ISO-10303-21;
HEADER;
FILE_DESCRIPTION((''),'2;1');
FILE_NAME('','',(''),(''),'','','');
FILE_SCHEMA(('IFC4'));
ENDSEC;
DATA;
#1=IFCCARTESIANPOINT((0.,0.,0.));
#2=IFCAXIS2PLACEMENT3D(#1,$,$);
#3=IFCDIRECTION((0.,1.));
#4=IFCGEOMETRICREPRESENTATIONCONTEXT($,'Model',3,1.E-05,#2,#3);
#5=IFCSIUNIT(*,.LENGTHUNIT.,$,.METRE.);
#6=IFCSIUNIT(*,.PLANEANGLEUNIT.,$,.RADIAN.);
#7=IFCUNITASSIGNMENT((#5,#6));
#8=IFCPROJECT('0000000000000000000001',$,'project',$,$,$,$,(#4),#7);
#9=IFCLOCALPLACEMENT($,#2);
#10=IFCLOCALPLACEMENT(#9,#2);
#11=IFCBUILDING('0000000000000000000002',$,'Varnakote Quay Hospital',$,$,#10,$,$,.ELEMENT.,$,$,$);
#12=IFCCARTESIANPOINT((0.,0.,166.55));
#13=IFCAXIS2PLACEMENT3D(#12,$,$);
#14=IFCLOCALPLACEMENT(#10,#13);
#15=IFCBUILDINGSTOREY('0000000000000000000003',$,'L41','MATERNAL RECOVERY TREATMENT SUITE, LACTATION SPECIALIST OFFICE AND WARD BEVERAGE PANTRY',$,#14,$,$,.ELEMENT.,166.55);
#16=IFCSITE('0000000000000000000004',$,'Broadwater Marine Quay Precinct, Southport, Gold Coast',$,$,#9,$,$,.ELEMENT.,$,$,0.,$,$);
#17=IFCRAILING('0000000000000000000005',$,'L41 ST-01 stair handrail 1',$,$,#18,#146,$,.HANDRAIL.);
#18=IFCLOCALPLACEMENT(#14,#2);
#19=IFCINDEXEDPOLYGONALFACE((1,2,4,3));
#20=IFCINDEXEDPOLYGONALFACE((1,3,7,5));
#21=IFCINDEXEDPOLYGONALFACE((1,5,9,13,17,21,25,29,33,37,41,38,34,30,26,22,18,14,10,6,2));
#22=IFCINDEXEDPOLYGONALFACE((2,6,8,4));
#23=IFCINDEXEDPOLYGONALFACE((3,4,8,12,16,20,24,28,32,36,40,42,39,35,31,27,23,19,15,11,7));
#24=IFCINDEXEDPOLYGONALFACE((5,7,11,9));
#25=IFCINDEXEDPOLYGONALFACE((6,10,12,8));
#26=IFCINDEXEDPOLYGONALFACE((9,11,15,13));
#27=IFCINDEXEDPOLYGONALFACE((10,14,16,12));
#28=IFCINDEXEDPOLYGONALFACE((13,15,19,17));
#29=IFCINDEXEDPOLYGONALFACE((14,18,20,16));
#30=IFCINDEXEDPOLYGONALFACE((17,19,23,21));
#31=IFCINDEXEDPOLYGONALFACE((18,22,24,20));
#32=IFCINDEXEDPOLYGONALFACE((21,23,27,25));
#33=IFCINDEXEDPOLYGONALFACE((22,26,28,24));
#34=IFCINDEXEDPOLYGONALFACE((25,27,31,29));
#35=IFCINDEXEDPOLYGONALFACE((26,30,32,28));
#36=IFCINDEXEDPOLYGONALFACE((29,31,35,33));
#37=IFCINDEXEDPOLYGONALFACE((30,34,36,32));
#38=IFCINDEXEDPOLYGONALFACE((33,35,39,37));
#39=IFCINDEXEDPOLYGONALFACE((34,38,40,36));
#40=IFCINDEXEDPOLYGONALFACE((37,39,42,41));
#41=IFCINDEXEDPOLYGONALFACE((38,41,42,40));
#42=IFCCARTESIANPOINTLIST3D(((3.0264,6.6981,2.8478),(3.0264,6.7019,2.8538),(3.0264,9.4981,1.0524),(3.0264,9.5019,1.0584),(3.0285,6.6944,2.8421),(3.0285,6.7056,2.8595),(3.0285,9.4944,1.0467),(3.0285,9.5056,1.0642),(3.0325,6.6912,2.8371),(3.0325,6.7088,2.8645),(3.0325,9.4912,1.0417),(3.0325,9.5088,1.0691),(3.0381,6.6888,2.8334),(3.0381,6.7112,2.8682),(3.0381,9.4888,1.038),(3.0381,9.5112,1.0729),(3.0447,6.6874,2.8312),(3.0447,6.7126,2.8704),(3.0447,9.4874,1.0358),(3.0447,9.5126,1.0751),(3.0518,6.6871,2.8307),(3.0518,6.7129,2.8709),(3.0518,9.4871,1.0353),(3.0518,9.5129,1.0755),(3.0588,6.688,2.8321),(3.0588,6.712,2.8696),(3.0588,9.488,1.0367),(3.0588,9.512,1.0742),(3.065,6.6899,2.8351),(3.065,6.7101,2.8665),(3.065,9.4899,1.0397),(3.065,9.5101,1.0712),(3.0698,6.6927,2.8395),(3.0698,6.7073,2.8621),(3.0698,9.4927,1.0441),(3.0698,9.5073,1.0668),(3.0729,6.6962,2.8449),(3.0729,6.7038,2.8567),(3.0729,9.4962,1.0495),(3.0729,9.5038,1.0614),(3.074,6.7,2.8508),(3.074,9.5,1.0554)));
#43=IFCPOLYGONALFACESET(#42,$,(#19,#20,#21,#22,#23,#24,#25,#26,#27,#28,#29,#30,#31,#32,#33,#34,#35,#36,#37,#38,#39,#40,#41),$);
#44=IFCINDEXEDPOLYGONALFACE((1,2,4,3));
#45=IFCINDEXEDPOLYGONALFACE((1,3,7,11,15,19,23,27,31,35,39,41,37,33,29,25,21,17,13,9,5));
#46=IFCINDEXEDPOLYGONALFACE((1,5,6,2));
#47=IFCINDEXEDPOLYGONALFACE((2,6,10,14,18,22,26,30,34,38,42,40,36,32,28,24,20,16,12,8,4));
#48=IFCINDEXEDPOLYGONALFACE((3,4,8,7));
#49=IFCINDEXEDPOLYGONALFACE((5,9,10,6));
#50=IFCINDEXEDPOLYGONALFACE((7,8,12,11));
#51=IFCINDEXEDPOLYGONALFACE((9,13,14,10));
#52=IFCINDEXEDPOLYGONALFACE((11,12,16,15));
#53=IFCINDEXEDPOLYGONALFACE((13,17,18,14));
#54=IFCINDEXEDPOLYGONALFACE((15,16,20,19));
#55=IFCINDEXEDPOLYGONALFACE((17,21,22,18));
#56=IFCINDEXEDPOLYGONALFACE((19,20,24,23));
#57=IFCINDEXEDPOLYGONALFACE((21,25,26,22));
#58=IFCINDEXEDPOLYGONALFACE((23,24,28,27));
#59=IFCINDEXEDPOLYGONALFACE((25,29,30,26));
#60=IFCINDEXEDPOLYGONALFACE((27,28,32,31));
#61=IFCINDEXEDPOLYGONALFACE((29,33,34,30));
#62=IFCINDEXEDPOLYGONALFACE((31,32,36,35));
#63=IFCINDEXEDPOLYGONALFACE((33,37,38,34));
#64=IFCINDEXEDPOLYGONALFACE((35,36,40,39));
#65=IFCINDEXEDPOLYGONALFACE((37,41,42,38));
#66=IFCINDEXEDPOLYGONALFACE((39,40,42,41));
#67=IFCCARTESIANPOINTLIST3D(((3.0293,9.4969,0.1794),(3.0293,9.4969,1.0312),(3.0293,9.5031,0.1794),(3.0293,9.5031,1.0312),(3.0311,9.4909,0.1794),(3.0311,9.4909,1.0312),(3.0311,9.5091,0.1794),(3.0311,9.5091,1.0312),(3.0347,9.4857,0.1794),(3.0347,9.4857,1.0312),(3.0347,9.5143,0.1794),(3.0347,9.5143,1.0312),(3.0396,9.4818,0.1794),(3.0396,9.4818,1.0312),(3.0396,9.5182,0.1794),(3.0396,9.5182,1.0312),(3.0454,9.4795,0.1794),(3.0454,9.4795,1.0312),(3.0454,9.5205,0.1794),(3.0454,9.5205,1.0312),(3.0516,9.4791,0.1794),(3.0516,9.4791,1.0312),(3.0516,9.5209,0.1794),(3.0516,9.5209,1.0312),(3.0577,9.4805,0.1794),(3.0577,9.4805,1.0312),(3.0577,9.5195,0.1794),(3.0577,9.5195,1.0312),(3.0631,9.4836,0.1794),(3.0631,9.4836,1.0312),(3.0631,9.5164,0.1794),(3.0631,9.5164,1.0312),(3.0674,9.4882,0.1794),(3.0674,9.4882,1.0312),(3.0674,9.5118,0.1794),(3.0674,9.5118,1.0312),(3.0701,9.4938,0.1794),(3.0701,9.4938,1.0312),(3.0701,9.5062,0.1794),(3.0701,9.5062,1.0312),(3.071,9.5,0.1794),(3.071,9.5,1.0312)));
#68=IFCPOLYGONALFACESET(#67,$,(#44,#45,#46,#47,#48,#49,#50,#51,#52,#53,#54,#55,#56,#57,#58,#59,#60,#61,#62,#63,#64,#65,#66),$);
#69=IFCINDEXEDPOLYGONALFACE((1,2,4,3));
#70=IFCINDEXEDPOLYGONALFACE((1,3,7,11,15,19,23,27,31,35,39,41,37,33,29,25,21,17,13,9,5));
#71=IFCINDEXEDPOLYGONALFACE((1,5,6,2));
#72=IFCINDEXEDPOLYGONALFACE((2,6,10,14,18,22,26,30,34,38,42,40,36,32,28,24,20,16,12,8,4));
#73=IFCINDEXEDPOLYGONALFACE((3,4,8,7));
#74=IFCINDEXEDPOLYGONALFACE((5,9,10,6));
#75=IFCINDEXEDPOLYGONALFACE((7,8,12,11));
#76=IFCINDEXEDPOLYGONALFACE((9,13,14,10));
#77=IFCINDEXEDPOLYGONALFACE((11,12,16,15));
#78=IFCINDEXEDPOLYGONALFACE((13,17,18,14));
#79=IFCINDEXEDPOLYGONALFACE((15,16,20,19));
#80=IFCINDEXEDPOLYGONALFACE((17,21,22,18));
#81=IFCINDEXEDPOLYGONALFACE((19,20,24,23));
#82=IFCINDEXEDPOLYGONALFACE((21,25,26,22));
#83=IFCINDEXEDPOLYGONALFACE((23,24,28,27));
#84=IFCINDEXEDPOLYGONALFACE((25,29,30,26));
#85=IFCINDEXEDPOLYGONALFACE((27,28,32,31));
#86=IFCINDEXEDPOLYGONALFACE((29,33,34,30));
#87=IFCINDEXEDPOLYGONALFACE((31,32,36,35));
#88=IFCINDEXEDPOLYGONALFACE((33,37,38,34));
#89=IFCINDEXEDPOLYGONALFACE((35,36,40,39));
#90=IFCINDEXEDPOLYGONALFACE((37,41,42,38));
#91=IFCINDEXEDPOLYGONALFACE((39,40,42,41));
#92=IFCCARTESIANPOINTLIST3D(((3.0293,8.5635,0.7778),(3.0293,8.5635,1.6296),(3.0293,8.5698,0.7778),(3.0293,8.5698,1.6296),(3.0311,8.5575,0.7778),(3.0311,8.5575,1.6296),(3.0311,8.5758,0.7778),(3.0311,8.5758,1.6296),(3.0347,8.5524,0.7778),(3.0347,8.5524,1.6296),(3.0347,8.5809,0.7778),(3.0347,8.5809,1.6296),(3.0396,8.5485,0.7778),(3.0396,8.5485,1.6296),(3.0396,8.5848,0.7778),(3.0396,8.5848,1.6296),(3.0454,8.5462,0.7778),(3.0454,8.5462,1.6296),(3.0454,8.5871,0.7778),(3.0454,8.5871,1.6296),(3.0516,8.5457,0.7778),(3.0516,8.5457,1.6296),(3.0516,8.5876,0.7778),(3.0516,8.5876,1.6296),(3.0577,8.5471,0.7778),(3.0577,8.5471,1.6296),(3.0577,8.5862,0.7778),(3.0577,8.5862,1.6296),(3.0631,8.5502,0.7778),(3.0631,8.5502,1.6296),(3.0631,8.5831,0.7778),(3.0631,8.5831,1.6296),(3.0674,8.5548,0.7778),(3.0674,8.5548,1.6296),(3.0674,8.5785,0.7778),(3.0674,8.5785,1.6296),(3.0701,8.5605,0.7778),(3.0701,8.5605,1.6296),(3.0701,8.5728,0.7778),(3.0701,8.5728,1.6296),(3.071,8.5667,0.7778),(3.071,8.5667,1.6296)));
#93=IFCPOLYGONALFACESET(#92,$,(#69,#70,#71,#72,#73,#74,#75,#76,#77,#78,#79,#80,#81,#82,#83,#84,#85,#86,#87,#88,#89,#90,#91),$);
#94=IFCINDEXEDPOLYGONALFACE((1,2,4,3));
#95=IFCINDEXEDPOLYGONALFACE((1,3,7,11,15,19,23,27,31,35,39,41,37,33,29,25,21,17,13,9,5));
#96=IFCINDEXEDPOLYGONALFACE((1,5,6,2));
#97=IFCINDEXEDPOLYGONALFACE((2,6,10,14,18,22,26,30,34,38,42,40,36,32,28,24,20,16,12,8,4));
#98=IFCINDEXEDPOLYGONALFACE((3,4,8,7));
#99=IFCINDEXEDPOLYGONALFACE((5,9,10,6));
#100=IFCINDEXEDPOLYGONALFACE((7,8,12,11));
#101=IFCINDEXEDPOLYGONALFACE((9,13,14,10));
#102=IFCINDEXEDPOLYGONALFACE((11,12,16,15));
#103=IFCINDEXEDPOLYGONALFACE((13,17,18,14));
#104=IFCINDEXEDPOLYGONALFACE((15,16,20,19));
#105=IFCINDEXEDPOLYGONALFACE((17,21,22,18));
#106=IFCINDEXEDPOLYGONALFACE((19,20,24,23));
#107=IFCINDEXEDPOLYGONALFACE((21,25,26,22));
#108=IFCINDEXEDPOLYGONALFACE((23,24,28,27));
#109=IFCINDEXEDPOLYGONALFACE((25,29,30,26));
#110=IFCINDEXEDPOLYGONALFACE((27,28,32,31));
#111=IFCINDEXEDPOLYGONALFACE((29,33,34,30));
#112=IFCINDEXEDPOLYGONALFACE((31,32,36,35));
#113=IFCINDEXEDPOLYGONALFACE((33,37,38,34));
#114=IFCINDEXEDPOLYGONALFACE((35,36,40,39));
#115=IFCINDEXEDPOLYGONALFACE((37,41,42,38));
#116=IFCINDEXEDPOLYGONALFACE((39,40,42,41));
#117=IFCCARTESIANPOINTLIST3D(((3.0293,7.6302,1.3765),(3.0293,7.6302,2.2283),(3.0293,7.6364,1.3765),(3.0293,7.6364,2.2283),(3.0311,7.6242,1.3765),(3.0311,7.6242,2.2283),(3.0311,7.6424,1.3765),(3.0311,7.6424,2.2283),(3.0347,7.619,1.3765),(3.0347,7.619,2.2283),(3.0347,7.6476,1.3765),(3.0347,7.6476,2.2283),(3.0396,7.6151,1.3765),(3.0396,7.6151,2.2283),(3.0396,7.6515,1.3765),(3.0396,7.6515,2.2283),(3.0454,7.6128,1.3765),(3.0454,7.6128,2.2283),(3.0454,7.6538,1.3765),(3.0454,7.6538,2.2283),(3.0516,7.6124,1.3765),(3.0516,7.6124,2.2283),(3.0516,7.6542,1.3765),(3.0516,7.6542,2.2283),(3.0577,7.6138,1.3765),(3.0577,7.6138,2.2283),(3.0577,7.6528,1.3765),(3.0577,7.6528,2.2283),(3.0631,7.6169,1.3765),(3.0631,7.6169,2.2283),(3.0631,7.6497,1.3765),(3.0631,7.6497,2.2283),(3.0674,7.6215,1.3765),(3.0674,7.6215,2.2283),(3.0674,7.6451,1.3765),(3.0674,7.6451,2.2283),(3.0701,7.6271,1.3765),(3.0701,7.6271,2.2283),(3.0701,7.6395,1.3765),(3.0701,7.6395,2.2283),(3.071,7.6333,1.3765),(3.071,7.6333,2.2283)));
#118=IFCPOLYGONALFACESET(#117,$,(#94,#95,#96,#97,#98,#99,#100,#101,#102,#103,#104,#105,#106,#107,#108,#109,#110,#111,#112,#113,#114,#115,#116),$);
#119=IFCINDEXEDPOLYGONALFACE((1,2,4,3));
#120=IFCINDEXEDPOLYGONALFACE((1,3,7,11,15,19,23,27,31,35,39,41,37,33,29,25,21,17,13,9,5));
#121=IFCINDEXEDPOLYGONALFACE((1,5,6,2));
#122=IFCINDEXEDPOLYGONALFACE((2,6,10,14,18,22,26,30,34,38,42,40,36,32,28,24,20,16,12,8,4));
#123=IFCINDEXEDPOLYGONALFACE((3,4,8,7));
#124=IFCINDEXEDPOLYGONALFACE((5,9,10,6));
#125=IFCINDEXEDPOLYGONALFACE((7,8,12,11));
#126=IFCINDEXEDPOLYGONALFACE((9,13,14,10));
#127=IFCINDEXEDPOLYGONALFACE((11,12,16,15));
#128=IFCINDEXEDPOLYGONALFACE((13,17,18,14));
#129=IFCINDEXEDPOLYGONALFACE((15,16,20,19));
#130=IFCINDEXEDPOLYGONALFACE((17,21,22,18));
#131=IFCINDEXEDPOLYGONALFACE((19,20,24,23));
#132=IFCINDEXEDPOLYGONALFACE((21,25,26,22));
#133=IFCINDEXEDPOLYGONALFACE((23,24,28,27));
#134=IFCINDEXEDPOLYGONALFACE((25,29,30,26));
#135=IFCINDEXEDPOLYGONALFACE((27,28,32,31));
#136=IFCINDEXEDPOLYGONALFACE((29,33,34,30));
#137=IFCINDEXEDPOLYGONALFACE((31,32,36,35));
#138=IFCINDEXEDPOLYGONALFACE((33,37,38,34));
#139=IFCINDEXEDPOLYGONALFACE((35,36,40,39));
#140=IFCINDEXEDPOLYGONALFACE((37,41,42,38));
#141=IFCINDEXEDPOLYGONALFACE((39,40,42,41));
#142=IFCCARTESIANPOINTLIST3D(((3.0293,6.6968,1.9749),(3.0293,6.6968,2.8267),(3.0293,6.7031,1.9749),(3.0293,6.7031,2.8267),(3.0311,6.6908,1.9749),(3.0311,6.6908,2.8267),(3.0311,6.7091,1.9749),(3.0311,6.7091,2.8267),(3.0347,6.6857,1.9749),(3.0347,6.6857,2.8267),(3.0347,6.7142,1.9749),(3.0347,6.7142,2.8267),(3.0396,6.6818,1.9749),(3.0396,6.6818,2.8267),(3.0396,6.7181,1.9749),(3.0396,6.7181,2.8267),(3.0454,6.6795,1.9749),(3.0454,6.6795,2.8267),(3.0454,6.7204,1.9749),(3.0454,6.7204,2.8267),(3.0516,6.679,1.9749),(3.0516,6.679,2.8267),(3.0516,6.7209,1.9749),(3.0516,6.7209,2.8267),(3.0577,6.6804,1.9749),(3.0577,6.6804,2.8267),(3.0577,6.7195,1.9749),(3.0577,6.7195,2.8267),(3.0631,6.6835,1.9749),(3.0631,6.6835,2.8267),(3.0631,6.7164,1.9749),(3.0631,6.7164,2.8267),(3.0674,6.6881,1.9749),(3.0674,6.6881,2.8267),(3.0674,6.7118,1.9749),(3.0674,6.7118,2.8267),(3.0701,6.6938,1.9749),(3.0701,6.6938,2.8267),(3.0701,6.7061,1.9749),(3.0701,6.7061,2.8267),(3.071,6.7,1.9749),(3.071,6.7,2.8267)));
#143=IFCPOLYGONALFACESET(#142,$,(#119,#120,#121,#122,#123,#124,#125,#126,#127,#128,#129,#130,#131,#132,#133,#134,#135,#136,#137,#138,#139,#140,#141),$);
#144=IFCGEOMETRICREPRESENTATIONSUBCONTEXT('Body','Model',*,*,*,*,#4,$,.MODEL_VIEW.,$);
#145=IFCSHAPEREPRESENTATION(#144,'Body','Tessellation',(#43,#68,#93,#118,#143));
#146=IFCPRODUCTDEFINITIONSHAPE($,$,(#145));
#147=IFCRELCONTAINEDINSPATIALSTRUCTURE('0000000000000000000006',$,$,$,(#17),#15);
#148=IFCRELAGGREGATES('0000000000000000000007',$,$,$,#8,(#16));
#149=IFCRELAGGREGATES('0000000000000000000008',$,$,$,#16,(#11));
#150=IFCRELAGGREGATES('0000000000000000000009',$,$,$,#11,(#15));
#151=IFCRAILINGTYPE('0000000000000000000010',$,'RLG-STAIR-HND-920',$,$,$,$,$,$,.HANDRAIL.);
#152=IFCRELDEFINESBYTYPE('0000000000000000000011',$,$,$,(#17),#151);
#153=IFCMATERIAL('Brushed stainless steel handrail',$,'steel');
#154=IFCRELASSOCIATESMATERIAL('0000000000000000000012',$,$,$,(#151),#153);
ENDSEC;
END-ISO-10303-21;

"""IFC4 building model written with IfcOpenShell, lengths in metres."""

from ifc_helpers import new_model, si_unit, direction, frame, origin, origin_2d, place, context, subcontext, project, spatial, circle, extrude, material, type_object, element, save


model = new_model("IFC4")

# Units and contexts
model_context = context("Model", 3, precision=1e-05, world=origin(), true_north=direction((0.0, 1.0)))
body_context = subcontext(model_context, "Body", "Model", "MODEL_VIEW")
ifc_project = project(units=[si_unit("LENGTHUNIT", "METRE"), si_unit("PLANEANGLEUNIT", "RADIAN")], contexts=[model_context])

# Site, building, storey
site_placement = place(None, origin())
site = spatial("IfcSite", under=ifc_project, at=site_placement, Name="Broadwater Marine Quay Precinct, Southport, Gold Coast", CompositionType="ELEMENT", RefElevation=0.0)
building_placement = place(site_placement, origin())
building = spatial("IfcBuilding", under=site, at=building_placement, Name="Varnakote Quay Hospital", CompositionType="ELEMENT")
storey_placement = place(building_placement, frame((0.0, 0.0, 166.55)))
storey = spatial("IfcBuildingStorey", under=building, at=storey_placement, Name="L41", Description="MATERNAL RECOVERY TREATMENT SUITE, LACTATION SPECIALIST OFFICE AND WARD BEVERAGE PANTRY", CompositionType="ELEMENT", Elevation=166.55)

# Railing
ifc_material_1 = material(Name="Brushed stainless steel handrail", Category="steel")
railing_type_1 = type_object("IfcRailingType", Name="RLG-STAIR-HND-920", PredefinedType="HANDRAIL", material=ifc_material_1)
railing_1_placement = place(storey_placement, frame((3.05, 9.5, 0.1794)))
element("IfcRailing", 1, at=railing_1_placement, inside=storey, type_object=railing_type_1, Name="L41 ST-01 stair handrail 1", PredefinedType="HANDRAIL", context=body_context, shape_type="SweptSolid", body=[
    extrude(circle(Radius=0.0239, at=origin_2d()), frame((0.0, 0.0, 0.876), z_axis=(0.0, -0.84181, 0.539774), x_axis=(1.0, 0.0, 0.0)), (0.0, 0.0, 1.0), 3.3262),
    extrude(circle(Radius=0.021, at=origin_2d()), origin(), (0.0, 0.0, 1.0), 0.8518),
    extrude(circle(Radius=0.021, at=origin_2d()), frame((0.0, -0.9333, 0.5984)), (0.0, 0.0, 1.0), 0.8518),
    extrude(circle(Radius=0.021, at=origin_2d()), frame((0.0, -1.8667, 1.197)), (0.0, 0.0, 1.0), 0.8518),
    extrude(circle(Radius=0.021, at=origin_2d()), frame((0.0, -2.8, 1.7954)), (0.0, 0.0, 1.0), 0.8518),
])

save(model, "model.ifc")
